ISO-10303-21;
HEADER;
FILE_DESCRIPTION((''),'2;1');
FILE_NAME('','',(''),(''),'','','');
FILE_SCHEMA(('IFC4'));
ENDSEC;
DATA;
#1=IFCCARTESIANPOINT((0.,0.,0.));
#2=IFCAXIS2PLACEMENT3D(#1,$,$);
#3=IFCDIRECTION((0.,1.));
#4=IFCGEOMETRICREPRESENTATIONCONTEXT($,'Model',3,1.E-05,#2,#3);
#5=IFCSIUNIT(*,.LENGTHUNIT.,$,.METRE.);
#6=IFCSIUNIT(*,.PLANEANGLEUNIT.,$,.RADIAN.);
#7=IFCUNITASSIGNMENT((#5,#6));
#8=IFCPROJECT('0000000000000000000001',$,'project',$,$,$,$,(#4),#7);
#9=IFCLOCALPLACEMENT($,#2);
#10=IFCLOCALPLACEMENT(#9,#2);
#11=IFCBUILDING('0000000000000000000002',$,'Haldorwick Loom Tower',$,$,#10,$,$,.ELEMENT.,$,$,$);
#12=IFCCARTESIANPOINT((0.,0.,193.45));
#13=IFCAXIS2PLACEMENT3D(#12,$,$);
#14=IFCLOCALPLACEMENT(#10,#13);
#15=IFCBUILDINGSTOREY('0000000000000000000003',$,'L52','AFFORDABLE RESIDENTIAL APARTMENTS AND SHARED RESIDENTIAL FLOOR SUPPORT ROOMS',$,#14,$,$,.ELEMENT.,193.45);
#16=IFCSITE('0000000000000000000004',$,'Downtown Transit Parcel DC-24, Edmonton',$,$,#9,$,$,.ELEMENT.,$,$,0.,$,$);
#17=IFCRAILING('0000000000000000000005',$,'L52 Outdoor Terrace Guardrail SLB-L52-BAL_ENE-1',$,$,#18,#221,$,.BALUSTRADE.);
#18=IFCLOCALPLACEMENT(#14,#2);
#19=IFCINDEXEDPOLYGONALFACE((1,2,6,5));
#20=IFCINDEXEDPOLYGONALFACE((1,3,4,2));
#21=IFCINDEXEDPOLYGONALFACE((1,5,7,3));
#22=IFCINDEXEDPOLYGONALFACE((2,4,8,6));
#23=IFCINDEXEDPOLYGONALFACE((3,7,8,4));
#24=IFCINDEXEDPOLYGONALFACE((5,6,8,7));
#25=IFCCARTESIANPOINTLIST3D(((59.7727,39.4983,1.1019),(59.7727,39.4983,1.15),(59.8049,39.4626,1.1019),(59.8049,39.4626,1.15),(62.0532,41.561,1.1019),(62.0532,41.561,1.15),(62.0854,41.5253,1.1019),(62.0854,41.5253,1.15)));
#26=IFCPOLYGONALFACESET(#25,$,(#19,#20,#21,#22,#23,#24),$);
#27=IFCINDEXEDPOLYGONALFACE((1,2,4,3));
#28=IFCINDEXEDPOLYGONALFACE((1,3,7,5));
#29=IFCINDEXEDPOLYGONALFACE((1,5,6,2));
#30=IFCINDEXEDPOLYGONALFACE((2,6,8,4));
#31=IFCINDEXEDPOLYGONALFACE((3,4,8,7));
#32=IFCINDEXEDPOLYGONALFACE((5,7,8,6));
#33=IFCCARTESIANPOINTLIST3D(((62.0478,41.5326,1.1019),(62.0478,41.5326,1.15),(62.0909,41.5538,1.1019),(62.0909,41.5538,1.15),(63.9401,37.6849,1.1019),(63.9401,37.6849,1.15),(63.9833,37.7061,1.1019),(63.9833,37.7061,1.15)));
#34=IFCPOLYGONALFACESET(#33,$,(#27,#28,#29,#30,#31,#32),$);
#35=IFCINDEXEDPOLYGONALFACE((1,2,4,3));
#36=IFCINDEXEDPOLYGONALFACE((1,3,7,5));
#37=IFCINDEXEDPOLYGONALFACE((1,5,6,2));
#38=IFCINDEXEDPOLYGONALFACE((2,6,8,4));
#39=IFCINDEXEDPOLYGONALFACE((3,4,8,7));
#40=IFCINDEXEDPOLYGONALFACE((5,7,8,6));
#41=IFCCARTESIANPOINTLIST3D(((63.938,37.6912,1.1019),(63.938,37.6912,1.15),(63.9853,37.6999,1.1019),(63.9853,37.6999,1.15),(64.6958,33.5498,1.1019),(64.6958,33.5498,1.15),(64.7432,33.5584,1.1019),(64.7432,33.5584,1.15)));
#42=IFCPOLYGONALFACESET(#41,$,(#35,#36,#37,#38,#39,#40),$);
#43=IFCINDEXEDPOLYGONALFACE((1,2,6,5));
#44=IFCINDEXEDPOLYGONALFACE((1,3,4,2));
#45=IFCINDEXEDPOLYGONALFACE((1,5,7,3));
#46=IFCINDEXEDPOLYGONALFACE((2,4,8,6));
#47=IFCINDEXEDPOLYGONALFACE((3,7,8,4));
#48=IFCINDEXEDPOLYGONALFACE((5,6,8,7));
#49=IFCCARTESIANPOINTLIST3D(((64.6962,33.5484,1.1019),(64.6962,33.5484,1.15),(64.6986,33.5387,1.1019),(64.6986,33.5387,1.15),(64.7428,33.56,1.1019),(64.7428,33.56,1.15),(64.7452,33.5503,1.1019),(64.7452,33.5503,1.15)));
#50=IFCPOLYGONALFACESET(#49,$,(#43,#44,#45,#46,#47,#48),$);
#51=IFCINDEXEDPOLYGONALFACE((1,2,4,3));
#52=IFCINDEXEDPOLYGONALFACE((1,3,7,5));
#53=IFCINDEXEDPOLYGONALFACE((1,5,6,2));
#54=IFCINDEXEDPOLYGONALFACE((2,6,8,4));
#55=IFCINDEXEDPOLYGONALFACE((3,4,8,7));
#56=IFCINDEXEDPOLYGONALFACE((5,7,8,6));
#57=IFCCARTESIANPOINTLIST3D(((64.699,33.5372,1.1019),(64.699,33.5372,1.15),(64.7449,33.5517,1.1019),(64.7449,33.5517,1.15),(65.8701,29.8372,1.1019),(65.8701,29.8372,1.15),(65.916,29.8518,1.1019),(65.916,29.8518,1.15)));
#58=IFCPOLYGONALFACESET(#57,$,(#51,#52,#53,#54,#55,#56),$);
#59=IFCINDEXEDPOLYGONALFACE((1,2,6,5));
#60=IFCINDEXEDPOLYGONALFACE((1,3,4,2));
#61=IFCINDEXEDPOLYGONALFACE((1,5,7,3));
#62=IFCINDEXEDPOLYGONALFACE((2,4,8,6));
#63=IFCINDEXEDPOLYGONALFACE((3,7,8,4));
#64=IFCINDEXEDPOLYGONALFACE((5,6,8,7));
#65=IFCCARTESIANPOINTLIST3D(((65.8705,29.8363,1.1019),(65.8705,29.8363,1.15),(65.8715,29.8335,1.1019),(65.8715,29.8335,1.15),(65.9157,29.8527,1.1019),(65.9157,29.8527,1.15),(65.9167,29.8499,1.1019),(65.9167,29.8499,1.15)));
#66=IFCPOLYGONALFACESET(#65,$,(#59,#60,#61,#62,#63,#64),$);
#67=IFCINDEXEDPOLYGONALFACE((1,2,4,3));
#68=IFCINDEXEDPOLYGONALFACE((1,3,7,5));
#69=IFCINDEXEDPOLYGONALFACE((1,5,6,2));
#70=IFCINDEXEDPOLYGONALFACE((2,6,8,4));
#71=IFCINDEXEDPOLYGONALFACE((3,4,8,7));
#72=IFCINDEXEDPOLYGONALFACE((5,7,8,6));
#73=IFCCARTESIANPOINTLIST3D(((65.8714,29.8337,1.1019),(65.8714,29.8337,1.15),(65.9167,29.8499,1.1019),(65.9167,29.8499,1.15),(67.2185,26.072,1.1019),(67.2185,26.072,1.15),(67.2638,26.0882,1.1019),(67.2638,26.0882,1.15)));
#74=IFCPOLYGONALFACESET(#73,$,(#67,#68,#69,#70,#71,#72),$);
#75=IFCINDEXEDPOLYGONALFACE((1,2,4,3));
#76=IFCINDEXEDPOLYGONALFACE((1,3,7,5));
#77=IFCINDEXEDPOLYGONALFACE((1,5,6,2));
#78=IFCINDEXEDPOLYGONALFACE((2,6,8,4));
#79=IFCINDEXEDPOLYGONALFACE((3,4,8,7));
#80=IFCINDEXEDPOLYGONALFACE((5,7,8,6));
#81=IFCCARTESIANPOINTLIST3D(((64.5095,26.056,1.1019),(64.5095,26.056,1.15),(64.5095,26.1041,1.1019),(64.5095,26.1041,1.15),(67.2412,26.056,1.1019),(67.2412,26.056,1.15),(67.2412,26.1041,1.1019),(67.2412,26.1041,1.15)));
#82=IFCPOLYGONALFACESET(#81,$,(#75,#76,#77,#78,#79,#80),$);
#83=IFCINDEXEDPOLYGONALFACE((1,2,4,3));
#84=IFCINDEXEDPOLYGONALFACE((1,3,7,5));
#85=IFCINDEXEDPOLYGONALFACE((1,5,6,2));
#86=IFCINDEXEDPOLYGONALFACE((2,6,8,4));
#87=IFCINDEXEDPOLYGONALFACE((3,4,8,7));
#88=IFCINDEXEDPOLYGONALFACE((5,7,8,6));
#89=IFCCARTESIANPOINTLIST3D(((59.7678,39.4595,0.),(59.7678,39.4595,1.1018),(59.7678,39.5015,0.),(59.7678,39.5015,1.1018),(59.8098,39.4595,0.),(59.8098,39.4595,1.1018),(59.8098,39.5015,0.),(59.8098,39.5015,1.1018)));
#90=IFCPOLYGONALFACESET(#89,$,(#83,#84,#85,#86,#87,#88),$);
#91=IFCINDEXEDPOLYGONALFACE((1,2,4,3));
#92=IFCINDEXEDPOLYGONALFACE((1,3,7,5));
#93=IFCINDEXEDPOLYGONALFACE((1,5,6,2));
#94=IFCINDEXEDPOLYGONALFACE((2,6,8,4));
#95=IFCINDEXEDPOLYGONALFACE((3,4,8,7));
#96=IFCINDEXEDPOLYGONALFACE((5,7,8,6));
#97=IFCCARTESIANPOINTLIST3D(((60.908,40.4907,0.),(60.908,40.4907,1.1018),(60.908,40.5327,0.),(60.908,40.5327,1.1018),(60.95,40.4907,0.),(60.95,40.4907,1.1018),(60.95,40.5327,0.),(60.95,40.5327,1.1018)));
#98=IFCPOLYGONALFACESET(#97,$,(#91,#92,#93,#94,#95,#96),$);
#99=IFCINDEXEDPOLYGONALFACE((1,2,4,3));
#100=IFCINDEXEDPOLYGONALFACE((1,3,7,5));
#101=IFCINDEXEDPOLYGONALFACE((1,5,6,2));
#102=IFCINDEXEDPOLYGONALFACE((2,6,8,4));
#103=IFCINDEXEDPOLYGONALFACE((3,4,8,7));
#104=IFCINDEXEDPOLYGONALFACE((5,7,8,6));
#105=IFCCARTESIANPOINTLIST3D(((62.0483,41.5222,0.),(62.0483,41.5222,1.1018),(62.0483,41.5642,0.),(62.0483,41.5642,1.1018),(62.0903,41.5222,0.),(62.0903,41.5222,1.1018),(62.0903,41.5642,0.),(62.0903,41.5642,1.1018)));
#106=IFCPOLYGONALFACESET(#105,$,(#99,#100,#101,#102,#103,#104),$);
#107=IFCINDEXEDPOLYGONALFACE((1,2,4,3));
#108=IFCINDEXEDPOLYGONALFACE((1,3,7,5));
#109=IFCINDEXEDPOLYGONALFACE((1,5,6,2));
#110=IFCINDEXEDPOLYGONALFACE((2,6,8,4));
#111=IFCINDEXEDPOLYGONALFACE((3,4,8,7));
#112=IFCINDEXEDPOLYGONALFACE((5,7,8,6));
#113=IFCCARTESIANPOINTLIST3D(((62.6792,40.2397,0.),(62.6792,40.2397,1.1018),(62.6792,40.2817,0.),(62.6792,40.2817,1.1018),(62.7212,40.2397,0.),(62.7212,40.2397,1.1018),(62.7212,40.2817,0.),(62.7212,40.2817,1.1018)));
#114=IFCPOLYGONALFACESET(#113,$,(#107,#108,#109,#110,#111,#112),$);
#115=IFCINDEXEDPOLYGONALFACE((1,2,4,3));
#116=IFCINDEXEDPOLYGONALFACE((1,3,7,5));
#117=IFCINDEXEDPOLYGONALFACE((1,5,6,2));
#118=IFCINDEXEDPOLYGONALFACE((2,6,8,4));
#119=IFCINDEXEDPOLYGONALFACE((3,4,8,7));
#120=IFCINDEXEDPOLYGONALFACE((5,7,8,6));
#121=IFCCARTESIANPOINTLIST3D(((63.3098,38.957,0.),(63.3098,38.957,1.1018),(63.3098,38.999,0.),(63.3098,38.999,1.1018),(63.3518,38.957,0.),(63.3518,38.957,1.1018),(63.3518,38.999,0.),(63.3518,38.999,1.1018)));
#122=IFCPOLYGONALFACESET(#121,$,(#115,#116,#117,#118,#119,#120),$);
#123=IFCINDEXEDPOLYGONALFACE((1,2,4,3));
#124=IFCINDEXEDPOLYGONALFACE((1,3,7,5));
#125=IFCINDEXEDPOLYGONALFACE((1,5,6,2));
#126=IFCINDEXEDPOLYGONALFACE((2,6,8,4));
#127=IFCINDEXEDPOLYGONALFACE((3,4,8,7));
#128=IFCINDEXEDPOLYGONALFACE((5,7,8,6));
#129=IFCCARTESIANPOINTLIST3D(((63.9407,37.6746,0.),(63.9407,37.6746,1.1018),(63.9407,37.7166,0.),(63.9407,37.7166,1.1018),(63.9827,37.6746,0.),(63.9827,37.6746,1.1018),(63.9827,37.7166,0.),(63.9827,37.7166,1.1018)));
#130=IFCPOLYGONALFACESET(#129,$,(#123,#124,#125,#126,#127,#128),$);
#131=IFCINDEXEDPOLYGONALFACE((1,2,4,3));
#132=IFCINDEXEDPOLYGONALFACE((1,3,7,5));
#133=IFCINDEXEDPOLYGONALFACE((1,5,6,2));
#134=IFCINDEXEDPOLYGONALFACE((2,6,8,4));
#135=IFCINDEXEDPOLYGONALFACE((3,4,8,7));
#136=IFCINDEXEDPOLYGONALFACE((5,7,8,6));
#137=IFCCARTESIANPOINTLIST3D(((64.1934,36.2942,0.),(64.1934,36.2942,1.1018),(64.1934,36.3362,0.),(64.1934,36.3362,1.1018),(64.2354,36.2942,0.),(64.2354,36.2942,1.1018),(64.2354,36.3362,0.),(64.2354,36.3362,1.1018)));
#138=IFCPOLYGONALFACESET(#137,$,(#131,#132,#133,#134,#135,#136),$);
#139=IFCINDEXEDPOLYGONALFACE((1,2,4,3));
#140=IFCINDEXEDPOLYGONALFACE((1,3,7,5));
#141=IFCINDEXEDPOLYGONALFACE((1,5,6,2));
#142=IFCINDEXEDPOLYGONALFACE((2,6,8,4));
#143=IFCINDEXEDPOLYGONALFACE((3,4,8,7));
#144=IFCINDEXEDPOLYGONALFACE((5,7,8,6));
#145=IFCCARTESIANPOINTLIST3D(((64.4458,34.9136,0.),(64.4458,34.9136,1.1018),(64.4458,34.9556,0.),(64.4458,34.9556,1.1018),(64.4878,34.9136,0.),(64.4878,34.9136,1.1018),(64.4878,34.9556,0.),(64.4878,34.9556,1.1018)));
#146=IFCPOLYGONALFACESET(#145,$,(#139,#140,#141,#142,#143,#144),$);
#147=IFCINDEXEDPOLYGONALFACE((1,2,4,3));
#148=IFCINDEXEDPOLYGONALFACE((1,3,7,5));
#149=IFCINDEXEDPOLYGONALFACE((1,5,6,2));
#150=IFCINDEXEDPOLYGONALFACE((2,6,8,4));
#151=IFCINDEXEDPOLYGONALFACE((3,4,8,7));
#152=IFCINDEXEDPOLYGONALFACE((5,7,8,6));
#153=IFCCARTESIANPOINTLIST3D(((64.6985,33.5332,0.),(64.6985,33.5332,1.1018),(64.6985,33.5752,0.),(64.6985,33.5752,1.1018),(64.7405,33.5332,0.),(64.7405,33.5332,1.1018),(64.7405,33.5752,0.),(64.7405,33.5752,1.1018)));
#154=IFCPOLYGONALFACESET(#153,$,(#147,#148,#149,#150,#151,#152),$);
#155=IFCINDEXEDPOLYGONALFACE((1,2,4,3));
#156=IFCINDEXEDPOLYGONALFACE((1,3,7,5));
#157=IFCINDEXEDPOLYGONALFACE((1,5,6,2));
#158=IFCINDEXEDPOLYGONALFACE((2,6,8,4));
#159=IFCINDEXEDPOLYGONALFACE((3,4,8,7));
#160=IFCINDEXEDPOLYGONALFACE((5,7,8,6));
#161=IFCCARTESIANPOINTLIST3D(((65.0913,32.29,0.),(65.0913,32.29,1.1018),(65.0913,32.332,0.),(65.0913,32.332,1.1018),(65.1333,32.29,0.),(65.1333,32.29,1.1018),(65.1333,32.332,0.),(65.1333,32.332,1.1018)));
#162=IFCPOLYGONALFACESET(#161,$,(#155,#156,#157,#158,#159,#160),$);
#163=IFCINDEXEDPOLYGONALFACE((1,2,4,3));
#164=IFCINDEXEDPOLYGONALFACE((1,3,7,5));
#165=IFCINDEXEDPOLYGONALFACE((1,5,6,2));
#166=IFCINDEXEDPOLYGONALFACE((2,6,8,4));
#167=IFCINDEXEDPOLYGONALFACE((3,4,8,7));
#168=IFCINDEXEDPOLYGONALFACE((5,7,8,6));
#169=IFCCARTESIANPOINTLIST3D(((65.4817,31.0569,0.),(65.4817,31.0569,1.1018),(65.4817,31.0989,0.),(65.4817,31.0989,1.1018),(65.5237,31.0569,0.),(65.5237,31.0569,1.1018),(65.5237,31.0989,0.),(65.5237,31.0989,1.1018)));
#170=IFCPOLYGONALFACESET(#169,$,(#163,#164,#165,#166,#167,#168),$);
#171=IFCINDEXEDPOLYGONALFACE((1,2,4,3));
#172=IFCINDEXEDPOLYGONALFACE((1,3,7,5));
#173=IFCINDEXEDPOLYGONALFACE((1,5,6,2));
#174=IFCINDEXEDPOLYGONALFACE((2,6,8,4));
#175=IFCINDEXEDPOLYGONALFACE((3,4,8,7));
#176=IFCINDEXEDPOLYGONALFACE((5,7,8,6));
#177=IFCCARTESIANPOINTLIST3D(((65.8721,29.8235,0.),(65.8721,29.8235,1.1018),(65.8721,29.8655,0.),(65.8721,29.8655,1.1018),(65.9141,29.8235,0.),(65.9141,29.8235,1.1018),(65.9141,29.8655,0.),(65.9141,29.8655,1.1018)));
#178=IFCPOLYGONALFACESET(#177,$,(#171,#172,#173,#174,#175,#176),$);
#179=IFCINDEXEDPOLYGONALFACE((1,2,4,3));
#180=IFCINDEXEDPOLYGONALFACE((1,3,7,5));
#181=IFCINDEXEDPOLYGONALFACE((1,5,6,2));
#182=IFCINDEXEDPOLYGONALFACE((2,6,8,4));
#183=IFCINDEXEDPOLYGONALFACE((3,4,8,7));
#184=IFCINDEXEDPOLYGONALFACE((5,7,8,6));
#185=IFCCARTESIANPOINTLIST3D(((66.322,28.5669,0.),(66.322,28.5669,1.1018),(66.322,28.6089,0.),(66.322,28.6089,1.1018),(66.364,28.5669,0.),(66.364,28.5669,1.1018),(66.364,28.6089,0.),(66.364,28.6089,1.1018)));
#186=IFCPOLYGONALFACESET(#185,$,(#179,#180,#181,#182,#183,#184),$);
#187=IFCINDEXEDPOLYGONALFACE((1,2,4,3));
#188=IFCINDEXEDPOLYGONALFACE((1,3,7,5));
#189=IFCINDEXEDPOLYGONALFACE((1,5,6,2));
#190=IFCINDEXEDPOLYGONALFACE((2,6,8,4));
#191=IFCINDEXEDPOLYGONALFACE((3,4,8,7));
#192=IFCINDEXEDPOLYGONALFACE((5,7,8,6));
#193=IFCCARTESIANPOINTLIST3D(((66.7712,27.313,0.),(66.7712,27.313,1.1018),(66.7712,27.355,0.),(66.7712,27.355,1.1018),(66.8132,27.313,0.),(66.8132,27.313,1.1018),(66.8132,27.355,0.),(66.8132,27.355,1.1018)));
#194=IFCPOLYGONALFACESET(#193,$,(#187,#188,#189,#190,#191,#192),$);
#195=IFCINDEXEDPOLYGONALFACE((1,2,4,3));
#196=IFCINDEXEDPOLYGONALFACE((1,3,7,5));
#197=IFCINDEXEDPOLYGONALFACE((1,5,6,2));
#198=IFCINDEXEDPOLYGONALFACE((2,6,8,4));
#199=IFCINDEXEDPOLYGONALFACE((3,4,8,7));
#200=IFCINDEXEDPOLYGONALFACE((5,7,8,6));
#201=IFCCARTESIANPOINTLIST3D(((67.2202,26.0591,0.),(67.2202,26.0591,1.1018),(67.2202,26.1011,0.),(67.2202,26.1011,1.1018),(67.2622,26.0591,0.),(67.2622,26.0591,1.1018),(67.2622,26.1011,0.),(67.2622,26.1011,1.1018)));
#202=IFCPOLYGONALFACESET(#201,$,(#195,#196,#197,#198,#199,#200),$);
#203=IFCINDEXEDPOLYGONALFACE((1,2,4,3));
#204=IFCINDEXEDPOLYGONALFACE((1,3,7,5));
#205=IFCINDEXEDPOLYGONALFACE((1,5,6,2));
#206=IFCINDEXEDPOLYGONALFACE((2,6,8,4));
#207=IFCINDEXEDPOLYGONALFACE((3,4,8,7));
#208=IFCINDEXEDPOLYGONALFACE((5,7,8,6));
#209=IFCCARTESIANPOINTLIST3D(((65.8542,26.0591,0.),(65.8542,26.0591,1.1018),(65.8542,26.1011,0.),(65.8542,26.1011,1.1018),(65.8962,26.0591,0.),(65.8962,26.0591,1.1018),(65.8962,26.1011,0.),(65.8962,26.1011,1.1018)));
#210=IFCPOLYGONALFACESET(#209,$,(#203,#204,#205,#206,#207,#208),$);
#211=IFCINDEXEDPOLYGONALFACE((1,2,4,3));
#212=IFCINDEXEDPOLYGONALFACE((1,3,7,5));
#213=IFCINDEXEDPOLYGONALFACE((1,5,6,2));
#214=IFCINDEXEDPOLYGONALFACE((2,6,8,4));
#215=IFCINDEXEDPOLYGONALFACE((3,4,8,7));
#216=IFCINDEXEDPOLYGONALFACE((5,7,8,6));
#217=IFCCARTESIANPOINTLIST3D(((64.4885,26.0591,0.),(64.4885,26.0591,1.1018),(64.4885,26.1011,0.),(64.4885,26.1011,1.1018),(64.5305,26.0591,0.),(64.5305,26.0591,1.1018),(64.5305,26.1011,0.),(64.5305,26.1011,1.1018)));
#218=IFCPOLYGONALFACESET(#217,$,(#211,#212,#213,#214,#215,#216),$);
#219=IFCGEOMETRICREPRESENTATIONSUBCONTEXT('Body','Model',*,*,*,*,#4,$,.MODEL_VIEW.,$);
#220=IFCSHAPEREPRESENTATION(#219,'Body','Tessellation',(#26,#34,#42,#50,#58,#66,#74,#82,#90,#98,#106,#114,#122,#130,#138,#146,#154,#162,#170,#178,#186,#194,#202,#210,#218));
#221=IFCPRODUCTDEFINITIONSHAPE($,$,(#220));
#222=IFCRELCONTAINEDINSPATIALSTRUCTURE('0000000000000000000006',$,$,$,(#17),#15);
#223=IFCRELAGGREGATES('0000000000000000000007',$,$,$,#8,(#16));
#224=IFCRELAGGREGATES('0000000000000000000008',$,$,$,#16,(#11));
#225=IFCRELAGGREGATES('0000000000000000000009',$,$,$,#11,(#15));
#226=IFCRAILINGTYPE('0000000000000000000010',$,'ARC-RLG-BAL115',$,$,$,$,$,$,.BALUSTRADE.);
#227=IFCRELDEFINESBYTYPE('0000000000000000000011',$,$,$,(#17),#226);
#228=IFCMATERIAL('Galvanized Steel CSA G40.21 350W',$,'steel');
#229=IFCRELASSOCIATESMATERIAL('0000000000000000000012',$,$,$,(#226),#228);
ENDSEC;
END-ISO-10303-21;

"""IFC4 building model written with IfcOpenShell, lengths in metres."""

from ifc_helpers import new_model, si_unit, direction, frame, origin, origin_2d, place, context, subcontext, project, spatial, rectangle, extrude, material, type_object, element, save


model = new_model("IFC4")

# Units and contexts
model_context = context("Model", 3, precision=1e-05, world=origin(), true_north=direction((0.0, 1.0)))
body_context = subcontext(model_context, "Body", "Model", "MODEL_VIEW")
ifc_project = project(units=[si_unit("LENGTHUNIT", "METRE"), si_unit("PLANEANGLEUNIT", "RADIAN")], contexts=[model_context])

# Site, building, storey
site_placement = place(None, origin())
site = spatial("IfcSite", under=ifc_project, at=site_placement, Name="Downtown Transit Parcel DC-24, Edmonton", CompositionType="ELEMENT", RefElevation=0.0)
building_placement = place(site_placement, origin())
building = spatial("IfcBuilding", under=site, at=building_placement, Name="Haldorwick Loom Tower", CompositionType="ELEMENT")
storey_placement = place(building_placement, frame((0.0, 0.0, 193.45)))
storey = spatial("IfcBuildingStorey", under=building, at=storey_placement, Name="L52", Description="AFFORDABLE RESIDENTIAL APARTMENTS AND SHARED RESIDENTIAL FLOOR SUPPORT ROOMS", CompositionType="ELEMENT", Elevation=193.45)

# Railing
ifc_material_1 = material(Name="Galvanized Steel CSA G40.21 350W", Category="steel")
railing_type = type_object("IfcRailingType", Name="ARC-RLG-BAL115", PredefinedType="BALUSTRADE", material=ifc_material_1)
railing_placement = place(storey_placement, frame((59.7888, 39.4805, 0.0)))
element("IfcRailing", 1, at=railing_placement, inside=storey, type_object=railing_type, Name="L52 Outdoor Terrace Guardrail SLB-L52-BAL_ENE-1", PredefinedType="BALUSTRADE", context=body_context, shape_type="SweptSolid", body=[
    extrude(rectangle(XDim=0.0481, YDim=0.0481, at=origin_2d()), frame((0.0, 0.0, 1.126), z_axis=(0.74163, 0.670809, 0.0), x_axis=(-0.670809, 0.74163, 0.0)), (0.0, 0.0, 1.0), 3.075),
    extrude(rectangle(XDim=0.0481, YDim=0.0481, at=origin_2d()), frame((2.2805, 2.0627, 1.126), z_axis=(0.441328, -0.897346, 0.0), x_axis=(0.897346, 0.441328, 0.0)), (0.0, 0.0, 1.0), 4.2878),
    extrude(rectangle(XDim=0.0481, YDim=0.0481, at=origin_2d()), frame((4.1729, -1.7849, 1.126), z_axis=(0.179998, -0.983667, 0.0), x_axis=(0.983667, 0.179998, 0.0)), (0.0, 0.0, 1.0), 4.2102),
    extrude(rectangle(XDim=0.0481, YDim=0.0481, at=origin_2d()), frame((4.9307, -5.9263, 1.126), z_axis=(0.242536, -0.970143, 0.0), x_axis=(0.970143, 0.242536, 0.0)), (0.0, 0.0, 1.0), 0.01),
    extrude(rectangle(XDim=0.0481, YDim=0.0481, at=origin_2d()), frame((4.9331, -5.936, 1.126), z_axis=(0.301773, -0.95338, 0.0), x_axis=(0.95338, 0.301773, 0.0)), (0.0, 0.0, 1.0), 3.8809),
    extrude(rectangle(XDim=0.0481, YDim=0.0481, at=origin_2d()), frame((6.1042, -9.636, 1.126), z_axis=(0.341743, -0.939793, 0.0), x_axis=(0.939793, 0.341743, 0.0)), (0.0, 0.0, 1.0), 0.0029),
    extrude(rectangle(XDim=0.0481, YDim=0.0481, at=origin_2d()), frame((6.1052, -9.6387, 1.126), z_axis=(0.337157, -0.941448, 0.0), x_axis=(0.941448, 0.337157, 0.0)), (0.0, 0.0, 1.0), 3.9956),
    extrude(rectangle(XDim=0.0481, YDim=0.0481, at=origin_2d()), frame((7.4524, -13.4004, 1.126), z_axis=(-1.0, 0.0, 0.0), x_axis=(0.0, -1.0, 0.0)), (0.0, 0.0, 1.0), 2.7317),
    extrude(rectangle(XDim=0.042, YDim=0.042, at=origin_2d()), origin(), (0.0, 0.0, 1.0), 1.1018),
    extrude(rectangle(XDim=0.042, YDim=0.042, at=origin_2d()), frame((1.1401, 1.0312, 0.0)), (0.0, 0.0, 1.0), 1.1018),
    extrude(rectangle(XDim=0.042, YDim=0.042, at=origin_2d()), frame((2.2805, 2.0627, 0.0)), (0.0, 0.0, 1.0), 1.1018),
    extrude(rectangle(XDim=0.042, YDim=0.042, at=origin_2d()), frame((2.9114, 0.7803, 0.0)), (0.0, 0.0, 1.0), 1.1018),
    extrude(rectangle(XDim=0.042, YDim=0.042, at=origin_2d()), frame((3.542, -0.5024, 0.0)), (0.0, 0.0, 1.0), 1.1018),
    extrude(rectangle(XDim=0.042, YDim=0.042, at=origin_2d()), frame((4.1729, -1.7849, 0.0)), (0.0, 0.0, 1.0), 1.1018),
    extrude(rectangle(XDim=0.042, YDim=0.042, at=origin_2d()), frame((4.4255, -3.1653, 0.0)), (0.0, 0.0, 1.0), 1.1018),
    extrude(rectangle(XDim=0.042, YDim=0.042, at=origin_2d()), frame((4.678, -4.5459, 0.0)), (0.0, 0.0, 1.0), 1.1018),
    extrude(rectangle(XDim=0.042, YDim=0.042, at=origin_2d()), frame((4.9307, -5.9263, 0.0)), (0.0, 0.0, 1.0), 1.1018),
    extrude(rectangle(XDim=0.042, YDim=0.042, at=origin_2d()), frame((5.3235, -7.1694, 0.0)), (0.0, 0.0, 1.0), 1.1018),
    extrude(rectangle(XDim=0.042, YDim=0.042, at=origin_2d()), frame((5.7139, -8.4026, 0.0)), (0.0, 0.0, 1.0), 1.1018),
    extrude(rectangle(XDim=0.042, YDim=0.042, at=origin_2d()), frame((6.1042, -9.636, 0.0)), (0.0, 0.0, 1.0), 1.1018),
    extrude(rectangle(XDim=0.042, YDim=0.042, at=origin_2d()), frame((6.5542, -10.8926, 0.0)), (0.0, 0.0, 1.0), 1.1018),
    extrude(rectangle(XDim=0.042, YDim=0.042, at=origin_2d()), frame((7.0034, -12.1465, 0.0)), (0.0, 0.0, 1.0), 1.1018),
    extrude(rectangle(XDim=0.042, YDim=0.042, at=origin_2d()), frame((7.4524, -13.4004, 0.0)), (0.0, 0.0, 1.0), 1.1018),
    extrude(rectangle(XDim=0.042, YDim=0.042, at=origin_2d()), frame((6.0864, -13.4004, 0.0)), (0.0, 0.0, 1.0), 1.1018),
    extrude(rectangle(XDim=0.042, YDim=0.042, at=origin_2d()), frame((4.7207, -13.4004, 0.0)), (0.0, 0.0, 1.0), 1.1018),
])

save(model, "model.ifc")
